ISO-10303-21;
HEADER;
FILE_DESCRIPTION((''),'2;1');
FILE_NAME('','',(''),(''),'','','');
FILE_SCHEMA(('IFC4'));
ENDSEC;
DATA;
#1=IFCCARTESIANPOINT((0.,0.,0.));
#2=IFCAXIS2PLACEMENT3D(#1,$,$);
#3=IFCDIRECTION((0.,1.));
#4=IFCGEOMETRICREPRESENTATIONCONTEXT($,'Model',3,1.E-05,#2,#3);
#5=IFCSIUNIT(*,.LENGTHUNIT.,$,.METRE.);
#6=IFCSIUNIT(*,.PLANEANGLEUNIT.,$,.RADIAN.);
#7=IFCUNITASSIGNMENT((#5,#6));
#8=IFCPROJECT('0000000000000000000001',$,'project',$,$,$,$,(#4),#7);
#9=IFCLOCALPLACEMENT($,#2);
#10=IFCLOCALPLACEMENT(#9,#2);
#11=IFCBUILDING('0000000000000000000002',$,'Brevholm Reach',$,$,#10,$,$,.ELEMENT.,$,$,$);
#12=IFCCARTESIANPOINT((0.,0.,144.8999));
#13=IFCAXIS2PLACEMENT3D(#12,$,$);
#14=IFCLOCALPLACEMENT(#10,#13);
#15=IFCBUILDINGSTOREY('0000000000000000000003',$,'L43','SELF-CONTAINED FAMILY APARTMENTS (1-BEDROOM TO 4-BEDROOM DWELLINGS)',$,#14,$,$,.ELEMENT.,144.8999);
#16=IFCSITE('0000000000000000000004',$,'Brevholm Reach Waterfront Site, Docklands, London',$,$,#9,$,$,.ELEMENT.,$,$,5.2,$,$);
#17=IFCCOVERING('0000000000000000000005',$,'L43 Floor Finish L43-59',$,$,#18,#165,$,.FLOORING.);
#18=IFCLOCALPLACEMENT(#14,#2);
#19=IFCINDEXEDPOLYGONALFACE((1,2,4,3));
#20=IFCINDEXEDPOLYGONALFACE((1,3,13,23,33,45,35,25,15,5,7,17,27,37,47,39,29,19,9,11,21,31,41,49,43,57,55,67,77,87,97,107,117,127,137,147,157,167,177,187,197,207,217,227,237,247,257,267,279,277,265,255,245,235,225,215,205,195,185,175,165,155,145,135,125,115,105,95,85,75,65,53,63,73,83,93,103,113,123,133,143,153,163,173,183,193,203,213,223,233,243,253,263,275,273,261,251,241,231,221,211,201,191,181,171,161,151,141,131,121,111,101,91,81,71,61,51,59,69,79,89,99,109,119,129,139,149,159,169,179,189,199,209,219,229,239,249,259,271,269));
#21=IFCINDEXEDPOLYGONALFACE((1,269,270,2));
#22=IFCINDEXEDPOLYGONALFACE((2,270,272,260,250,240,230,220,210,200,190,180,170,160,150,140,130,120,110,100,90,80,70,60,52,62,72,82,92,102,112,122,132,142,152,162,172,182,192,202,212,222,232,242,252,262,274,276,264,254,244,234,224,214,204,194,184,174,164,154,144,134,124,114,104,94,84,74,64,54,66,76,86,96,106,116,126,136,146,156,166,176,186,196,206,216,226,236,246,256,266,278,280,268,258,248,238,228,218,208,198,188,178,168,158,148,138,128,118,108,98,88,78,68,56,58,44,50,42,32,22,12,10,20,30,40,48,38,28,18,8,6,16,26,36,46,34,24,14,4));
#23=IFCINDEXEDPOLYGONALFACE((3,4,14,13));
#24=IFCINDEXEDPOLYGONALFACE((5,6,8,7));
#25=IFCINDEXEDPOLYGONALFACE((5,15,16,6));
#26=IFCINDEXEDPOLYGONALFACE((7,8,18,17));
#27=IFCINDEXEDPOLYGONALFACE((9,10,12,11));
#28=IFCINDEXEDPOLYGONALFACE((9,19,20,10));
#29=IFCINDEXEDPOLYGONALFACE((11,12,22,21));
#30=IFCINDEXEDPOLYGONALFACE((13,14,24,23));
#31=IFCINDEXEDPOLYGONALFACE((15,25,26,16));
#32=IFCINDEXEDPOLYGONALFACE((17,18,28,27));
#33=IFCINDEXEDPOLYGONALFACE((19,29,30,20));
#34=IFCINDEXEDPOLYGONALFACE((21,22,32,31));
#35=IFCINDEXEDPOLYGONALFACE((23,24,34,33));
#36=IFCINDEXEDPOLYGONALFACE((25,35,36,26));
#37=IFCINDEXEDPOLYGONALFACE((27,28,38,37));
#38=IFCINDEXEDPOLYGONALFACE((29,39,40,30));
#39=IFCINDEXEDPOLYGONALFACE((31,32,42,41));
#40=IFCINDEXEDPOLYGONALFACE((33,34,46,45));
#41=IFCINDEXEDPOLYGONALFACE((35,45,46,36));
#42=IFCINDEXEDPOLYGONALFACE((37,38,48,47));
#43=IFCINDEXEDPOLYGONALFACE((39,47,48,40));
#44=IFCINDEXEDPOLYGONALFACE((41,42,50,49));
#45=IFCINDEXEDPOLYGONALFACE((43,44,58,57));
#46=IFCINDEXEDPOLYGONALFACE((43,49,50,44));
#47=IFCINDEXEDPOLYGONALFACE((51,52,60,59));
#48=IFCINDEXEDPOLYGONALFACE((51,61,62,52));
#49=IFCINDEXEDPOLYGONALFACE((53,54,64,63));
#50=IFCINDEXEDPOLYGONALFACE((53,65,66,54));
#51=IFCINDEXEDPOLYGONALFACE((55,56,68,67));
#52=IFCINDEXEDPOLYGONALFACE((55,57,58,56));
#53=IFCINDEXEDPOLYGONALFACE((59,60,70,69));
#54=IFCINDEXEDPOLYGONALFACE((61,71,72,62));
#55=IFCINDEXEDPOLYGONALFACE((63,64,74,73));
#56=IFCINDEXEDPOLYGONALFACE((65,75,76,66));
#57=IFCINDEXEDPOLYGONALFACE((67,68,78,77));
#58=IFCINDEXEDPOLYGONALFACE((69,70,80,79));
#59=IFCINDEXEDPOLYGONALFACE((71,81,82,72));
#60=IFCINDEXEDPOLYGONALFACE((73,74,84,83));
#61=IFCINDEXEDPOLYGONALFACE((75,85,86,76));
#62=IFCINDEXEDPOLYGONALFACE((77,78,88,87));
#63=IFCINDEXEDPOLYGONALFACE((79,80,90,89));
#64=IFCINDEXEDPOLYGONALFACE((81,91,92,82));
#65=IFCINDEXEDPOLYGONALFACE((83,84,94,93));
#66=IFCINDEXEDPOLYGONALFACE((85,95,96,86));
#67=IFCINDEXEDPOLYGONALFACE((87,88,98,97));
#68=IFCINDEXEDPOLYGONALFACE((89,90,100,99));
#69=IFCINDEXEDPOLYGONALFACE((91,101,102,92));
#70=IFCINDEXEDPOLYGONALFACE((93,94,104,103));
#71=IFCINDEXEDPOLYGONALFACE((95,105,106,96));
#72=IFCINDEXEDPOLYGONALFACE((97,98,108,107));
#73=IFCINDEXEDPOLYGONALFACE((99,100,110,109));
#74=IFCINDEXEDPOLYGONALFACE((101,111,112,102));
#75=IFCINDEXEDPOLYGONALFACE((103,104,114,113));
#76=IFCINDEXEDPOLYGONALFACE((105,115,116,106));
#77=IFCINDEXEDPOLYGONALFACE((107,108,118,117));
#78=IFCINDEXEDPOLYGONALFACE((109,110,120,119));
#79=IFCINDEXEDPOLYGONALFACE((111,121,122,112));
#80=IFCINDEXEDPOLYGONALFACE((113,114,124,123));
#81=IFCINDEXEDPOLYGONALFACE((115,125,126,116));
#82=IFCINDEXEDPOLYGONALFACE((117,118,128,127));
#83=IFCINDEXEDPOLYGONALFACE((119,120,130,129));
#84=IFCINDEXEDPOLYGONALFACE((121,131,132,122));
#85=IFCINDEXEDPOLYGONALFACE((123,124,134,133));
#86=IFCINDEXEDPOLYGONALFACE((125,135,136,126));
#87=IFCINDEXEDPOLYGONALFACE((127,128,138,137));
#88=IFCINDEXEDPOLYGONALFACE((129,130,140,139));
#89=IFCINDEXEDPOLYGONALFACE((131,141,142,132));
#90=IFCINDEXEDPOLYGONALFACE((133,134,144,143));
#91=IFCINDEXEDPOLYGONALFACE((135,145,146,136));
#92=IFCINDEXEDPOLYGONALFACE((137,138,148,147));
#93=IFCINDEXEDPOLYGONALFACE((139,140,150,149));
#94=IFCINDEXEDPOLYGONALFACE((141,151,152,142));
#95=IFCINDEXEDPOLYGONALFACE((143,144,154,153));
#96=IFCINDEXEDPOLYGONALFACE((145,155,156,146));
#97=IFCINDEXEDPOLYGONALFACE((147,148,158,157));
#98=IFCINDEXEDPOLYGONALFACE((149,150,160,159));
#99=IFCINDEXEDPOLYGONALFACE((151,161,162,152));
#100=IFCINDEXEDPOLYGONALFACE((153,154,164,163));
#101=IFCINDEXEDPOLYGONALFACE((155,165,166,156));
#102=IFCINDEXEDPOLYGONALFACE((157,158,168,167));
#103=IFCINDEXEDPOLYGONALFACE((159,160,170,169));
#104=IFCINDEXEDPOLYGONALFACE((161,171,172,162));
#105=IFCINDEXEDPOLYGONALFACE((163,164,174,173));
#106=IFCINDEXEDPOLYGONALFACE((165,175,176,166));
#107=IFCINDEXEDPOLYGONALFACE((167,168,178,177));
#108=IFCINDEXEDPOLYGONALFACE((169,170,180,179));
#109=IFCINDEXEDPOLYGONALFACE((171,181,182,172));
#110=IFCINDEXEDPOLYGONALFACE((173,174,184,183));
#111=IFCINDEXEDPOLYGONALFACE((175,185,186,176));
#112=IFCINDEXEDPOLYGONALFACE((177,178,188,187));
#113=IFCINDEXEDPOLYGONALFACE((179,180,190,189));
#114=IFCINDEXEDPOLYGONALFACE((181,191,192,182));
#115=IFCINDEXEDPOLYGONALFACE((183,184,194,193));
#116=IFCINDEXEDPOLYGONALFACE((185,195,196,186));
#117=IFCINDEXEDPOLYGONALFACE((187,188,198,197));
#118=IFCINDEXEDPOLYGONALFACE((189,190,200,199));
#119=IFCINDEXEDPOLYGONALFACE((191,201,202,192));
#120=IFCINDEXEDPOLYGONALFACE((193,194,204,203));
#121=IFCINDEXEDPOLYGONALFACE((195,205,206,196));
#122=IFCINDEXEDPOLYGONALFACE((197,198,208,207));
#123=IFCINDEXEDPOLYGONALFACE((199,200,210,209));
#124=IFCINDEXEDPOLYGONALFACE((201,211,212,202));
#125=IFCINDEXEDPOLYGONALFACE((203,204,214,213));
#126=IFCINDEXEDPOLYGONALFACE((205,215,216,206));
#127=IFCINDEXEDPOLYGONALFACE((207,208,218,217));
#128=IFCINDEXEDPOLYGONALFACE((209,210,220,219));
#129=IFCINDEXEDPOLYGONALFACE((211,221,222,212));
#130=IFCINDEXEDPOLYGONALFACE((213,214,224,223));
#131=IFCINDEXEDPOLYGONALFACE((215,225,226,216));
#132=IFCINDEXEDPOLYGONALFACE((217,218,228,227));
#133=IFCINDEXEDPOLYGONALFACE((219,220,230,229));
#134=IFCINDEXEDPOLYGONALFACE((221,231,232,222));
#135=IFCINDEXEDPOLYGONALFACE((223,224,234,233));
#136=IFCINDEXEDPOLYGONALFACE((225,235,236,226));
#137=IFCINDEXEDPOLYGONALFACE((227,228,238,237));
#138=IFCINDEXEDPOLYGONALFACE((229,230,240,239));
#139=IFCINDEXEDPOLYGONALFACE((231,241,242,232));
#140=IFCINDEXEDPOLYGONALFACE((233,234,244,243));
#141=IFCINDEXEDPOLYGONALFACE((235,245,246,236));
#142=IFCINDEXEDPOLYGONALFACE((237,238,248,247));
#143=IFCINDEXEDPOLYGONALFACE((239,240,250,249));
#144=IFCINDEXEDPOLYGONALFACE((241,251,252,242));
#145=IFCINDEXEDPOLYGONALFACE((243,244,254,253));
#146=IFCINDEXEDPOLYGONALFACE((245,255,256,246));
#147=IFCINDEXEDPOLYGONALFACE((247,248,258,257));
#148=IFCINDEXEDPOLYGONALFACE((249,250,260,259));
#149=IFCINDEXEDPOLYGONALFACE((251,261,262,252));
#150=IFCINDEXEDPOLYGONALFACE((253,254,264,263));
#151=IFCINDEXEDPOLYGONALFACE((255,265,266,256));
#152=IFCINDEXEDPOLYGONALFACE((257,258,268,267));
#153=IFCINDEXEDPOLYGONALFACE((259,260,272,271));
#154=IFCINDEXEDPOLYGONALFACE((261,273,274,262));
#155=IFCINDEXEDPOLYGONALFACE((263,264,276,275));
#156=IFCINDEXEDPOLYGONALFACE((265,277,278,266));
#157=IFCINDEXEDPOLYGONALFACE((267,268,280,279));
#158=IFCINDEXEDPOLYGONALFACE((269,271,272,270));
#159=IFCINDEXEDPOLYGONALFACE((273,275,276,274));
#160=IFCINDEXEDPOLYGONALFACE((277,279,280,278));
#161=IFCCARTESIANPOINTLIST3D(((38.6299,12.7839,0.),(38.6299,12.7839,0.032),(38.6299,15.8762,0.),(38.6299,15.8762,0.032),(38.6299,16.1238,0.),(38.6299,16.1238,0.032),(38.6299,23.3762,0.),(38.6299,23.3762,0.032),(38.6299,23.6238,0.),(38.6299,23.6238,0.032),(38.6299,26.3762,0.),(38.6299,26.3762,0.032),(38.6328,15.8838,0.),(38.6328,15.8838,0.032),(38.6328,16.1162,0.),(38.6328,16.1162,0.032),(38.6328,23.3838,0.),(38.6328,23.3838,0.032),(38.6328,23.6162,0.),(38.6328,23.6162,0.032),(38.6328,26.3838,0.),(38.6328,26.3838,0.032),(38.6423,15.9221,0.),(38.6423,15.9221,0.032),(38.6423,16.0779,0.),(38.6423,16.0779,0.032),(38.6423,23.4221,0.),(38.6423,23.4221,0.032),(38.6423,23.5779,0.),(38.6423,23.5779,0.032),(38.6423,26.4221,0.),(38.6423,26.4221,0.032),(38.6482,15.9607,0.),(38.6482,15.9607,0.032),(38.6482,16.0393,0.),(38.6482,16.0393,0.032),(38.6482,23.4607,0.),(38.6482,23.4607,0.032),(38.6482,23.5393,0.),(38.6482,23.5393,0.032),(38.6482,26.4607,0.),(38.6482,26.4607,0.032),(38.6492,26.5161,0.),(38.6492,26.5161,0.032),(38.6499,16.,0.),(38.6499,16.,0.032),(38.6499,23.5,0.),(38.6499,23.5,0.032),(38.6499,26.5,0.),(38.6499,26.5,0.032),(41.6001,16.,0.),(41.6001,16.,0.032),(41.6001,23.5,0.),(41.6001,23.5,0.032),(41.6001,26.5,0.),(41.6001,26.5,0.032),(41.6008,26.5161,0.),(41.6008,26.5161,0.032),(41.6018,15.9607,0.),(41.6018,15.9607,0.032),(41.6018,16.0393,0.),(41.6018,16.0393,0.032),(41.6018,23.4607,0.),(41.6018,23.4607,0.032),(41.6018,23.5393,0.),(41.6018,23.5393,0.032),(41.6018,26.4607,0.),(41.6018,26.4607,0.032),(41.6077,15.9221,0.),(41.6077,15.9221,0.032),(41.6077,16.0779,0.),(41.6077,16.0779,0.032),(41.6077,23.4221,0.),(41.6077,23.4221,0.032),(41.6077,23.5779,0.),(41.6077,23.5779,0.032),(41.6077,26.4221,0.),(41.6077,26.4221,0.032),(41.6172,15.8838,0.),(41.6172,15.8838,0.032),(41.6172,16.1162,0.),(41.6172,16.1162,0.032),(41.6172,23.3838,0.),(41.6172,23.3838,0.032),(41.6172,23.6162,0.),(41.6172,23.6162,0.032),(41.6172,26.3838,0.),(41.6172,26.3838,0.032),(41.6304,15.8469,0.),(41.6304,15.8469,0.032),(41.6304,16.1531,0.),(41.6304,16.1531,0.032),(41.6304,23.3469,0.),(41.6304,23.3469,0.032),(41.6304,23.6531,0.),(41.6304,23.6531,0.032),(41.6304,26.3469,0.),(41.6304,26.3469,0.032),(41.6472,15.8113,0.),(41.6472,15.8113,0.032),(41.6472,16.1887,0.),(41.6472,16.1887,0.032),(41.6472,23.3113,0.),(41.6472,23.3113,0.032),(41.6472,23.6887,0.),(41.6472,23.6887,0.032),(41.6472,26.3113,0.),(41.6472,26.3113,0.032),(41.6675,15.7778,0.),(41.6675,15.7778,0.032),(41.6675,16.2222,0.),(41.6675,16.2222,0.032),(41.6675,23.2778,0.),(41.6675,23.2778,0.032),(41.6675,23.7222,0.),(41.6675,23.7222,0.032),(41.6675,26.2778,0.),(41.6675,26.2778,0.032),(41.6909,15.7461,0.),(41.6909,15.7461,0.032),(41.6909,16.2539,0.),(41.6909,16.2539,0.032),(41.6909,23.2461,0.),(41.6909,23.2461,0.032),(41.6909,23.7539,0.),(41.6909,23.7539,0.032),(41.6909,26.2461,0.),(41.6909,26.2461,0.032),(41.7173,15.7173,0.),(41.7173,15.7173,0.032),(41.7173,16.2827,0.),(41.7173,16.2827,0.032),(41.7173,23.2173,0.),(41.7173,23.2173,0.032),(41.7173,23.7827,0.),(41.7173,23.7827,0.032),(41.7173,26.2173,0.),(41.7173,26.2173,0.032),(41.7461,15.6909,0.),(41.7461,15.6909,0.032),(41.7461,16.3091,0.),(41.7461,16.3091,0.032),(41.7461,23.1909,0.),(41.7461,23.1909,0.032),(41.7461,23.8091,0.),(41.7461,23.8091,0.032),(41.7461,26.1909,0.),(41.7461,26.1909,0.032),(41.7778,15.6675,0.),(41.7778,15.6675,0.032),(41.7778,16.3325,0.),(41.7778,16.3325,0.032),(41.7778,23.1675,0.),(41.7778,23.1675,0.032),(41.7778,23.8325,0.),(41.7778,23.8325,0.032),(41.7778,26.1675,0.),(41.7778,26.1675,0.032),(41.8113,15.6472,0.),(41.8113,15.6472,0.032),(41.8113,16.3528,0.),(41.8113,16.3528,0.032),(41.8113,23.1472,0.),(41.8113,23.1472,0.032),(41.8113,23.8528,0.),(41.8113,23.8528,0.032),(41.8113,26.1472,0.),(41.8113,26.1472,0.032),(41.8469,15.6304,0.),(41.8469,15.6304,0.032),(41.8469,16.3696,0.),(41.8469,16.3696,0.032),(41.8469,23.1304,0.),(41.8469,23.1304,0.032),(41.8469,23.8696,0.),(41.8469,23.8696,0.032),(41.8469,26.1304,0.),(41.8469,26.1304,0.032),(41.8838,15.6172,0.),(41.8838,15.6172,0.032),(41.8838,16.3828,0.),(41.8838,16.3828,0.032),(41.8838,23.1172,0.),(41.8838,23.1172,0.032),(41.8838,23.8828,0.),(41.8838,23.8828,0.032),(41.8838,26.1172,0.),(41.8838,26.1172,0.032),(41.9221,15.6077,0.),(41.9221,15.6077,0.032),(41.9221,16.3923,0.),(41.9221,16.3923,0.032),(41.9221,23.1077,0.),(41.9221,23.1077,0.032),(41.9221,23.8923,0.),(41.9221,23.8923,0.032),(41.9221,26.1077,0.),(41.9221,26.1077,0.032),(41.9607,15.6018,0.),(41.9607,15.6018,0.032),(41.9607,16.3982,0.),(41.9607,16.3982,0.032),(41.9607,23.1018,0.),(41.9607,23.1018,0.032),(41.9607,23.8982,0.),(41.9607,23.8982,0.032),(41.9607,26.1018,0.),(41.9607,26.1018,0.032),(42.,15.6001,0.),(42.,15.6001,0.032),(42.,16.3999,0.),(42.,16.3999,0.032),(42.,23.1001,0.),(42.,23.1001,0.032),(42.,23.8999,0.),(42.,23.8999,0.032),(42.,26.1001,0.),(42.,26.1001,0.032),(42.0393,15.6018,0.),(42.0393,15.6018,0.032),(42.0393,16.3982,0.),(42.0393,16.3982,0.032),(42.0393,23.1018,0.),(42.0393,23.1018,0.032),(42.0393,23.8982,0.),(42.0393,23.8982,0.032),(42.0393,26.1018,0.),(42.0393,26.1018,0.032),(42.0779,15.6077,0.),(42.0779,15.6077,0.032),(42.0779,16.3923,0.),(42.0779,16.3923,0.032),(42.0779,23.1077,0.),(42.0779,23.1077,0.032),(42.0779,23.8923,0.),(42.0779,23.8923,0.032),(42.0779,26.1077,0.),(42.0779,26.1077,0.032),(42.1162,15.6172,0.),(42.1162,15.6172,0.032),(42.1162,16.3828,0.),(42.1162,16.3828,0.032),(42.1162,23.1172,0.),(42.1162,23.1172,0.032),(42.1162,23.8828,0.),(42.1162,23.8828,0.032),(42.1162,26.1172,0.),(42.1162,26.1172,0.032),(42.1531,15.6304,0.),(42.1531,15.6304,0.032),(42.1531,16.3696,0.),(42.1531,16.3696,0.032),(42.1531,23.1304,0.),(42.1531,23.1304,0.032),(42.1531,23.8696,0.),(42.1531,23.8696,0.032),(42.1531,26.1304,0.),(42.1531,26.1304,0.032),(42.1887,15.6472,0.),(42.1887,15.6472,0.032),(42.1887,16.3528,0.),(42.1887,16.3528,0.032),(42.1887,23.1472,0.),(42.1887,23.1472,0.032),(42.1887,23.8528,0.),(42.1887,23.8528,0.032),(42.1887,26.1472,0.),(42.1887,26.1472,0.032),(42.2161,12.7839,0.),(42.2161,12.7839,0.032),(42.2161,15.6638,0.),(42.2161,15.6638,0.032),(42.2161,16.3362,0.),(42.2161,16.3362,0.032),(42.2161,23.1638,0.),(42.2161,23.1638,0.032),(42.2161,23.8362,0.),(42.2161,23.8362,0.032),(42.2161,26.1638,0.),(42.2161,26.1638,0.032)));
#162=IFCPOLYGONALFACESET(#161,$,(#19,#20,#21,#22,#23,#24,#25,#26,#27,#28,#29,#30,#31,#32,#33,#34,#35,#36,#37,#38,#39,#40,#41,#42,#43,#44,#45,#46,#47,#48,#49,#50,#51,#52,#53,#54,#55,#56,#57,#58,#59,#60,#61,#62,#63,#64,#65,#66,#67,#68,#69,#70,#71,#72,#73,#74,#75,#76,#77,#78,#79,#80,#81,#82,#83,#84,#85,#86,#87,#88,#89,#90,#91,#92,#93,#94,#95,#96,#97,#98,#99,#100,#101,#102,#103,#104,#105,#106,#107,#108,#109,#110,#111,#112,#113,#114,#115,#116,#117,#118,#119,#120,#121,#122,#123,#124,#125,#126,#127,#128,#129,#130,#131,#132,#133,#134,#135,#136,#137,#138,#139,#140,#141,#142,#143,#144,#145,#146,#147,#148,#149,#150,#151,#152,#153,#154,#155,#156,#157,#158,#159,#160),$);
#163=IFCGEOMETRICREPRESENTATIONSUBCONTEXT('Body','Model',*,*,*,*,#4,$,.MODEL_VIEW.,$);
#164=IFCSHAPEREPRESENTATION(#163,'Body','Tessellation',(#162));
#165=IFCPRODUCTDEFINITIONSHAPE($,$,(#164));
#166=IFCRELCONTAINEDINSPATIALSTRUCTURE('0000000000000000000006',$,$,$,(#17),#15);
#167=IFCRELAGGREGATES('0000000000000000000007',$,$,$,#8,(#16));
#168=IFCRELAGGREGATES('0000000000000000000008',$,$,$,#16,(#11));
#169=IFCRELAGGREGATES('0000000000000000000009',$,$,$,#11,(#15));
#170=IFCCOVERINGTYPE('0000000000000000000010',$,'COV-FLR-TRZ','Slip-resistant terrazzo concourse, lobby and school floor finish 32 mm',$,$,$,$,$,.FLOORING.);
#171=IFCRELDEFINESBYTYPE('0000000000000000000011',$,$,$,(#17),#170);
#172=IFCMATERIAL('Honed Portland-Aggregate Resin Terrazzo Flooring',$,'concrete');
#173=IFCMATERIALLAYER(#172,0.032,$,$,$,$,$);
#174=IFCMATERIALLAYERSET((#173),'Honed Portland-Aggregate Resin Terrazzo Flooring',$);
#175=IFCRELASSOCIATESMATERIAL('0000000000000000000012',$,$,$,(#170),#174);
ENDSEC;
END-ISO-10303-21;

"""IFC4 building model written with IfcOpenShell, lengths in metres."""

from ifc_helpers import new_model, si_unit, direction, frame, origin, place, context, subcontext, project, spatial, polyline, outline, extrude, material, layer, layer_set, type_object, element, save


model = new_model("IFC4")

# Units and contexts
model_context = context("Model", 3, precision=1e-05, world=origin(), true_north=direction((0.0, 1.0)))
body_context = subcontext(model_context, "Body", "Model", "MODEL_VIEW")
ifc_project = project(units=[si_unit("LENGTHUNIT", "METRE"), si_unit("PLANEANGLEUNIT", "RADIAN")], contexts=[model_context])

# Site, building, storey
site_placement = place(None, origin())
site = spatial("IfcSite", under=ifc_project, at=site_placement, Name="Brevholm Reach Waterfront Site, Docklands, London", CompositionType="ELEMENT", RefElevation=5.2)
building_placement = place(site_placement, origin())
building = spatial("IfcBuilding", under=site, at=building_placement, Name="Brevholm Reach", CompositionType="ELEMENT")
storey_placement = place(building_placement, frame((0.0, 0.0, 144.8999)))
storey = spatial("IfcBuildingStorey", under=building, at=storey_placement, Name="L43", Description="SELF-CONTAINED FAMILY APARTMENTS (1-BEDROOM TO 4-BEDROOM DWELLINGS)", CompositionType="ELEMENT", Elevation=144.8999)

# Covering
ifc_material_1 = material(Name="Honed Portland-Aggregate Resin Terrazzo Flooring", Category="concrete")
ifc_layer_1 = layer(ifc_material_1, 0.032)
ifc_layer_set_1 = layer_set([ifc_layer_1], Name="Honed Portland-Aggregate Resin Terrazzo Flooring")
covering_type_1 = type_object("IfcCoveringType", Name="COV-FLR-TRZ", Description="Slip-resistant terrazzo concourse, lobby and school floor finish 32 mm", PredefinedType="FLOORING", material=ifc_layer_set_1)
covering_1_placement = place(storey_placement, origin())
element("IfcCovering", 1, at=covering_1_placement, inside=storey, type_object=covering_type_1, Name="L43 Floor Finish L43-59", PredefinedType="FLOORING", context=body_context, shape_type="SweptSolid", body=[
    extrude(outline(polyline([(38.6299, 15.8762), (38.6328, 15.8838), (38.6423, 15.9221), (38.6482, 15.9607), (38.6499, 16.0), (38.6482, 16.0393), (38.6423, 16.0779), (38.6328, 16.1162), (38.6299, 16.1238), (38.6299, 23.3762), (38.6328, 23.3838), (38.6423, 23.4221), (38.6482, 23.4607), (38.6499, 23.5), (38.6482, 23.5393), (38.6423, 23.5779), (38.6328, 23.6162), (38.6299, 23.6238), (38.6299, 26.3762), (38.6328, 26.3838), (38.6423, 26.4221), (38.6482, 26.4607), (38.6499, 26.5), (38.6492, 26.5161), (41.6008, 26.5161), (41.6001, 26.5), (41.6018, 26.4607), (41.6077, 26.4221), (41.6172, 26.3838), (41.6304, 26.3469), (41.6472, 26.3113), (41.6675, 26.2778), (41.6909, 26.2461), (41.7173, 26.2173), (41.7461, 26.1909), (41.7778, 26.1675), (41.8113, 26.1472), (41.8469, 26.1304), (41.8838, 26.1172), (41.9221, 26.1077), (41.9607, 26.1018), (42.0, 26.1001), (42.0393, 26.1018), (42.0779, 26.1077), (42.1162, 26.1172), (42.1531, 26.1304), (42.1887, 26.1472), (42.2161, 26.1638), (42.2161, 23.8362), (42.1887, 23.8528), (42.1531, 23.8696), (42.1162, 23.8828), (42.0779, 23.8923), (42.0393, 23.8982), (42.0, 23.8999), (41.9607, 23.8982), (41.9221, 23.8923), (41.8838, 23.8828), (41.8469, 23.8696), (41.8113, 23.8528), (41.7778, 23.8325), (41.7461, 23.8091), (41.7173, 23.7827), (41.6909, 23.7539), (41.6675, 23.7222), (41.6472, 23.6887), (41.6304, 23.6531), (41.6172, 23.6162), (41.6077, 23.5779), (41.6018, 23.5393), (41.6001, 23.5), (41.6018, 23.4607), (41.6077, 23.4221), (41.6172, 23.3838), (41.6304, 23.3469), (41.6472, 23.3113), (41.6675, 23.2778), (41.6909, 23.2461), (41.7173, 23.2173), (41.7461, 23.1909), (41.7778, 23.1675), (41.8113, 23.1472), (41.8469, 23.1304), (41.8838, 23.1172), (41.9221, 23.1077), (41.9607, 23.1018), (42.0, 23.1001), (42.0393, 23.1018), (42.0779, 23.1077), (42.1162, 23.1172), (42.1531, 23.1304), (42.1887, 23.1472), (42.2161, 23.1638), (42.2161, 16.3362), (42.1887, 16.3528), (42.1531, 16.3696), (42.1162, 16.3828), (42.0779, 16.3923), (42.0393, 16.3982), (42.0, 16.3999), (41.9607, 16.3982), (41.9221, 16.3923), (41.8838, 16.3828), (41.8469, 16.3696), (41.8113, 16.3528), (41.7778, 16.3325), (41.7461, 16.3091), (41.7173, 16.2827), (41.6909, 16.2539), (41.6675, 16.2222), (41.6472, 16.1887), (41.6304, 16.1531), (41.6172, 16.1162), (41.6077, 16.0779), (41.6018, 16.0393), (41.6001, 16.0), (41.6018, 15.9607), (41.6077, 15.9221), (41.6172, 15.8838), (41.6304, 15.8469), (41.6472, 15.8113), (41.6675, 15.7778), (41.6909, 15.7461), (41.7173, 15.7173), (41.7461, 15.6909), (41.7778, 15.6675), (41.8113, 15.6472), (41.8469, 15.6304), (41.8838, 15.6172), (41.9221, 15.6077), (41.9607, 15.6018), (42.0, 15.6001), (42.0393, 15.6018), (42.0779, 15.6077), (42.1162, 15.6172), (42.1531, 15.6304), (42.1887, 15.6472), (42.2161, 15.6638), (42.2161, 12.7839), (38.6299, 12.7839), (38.6299, 15.8762)])), origin(), (0.0, 0.0, 1.0), 0.032),
])

save(model, "model.ifc")
